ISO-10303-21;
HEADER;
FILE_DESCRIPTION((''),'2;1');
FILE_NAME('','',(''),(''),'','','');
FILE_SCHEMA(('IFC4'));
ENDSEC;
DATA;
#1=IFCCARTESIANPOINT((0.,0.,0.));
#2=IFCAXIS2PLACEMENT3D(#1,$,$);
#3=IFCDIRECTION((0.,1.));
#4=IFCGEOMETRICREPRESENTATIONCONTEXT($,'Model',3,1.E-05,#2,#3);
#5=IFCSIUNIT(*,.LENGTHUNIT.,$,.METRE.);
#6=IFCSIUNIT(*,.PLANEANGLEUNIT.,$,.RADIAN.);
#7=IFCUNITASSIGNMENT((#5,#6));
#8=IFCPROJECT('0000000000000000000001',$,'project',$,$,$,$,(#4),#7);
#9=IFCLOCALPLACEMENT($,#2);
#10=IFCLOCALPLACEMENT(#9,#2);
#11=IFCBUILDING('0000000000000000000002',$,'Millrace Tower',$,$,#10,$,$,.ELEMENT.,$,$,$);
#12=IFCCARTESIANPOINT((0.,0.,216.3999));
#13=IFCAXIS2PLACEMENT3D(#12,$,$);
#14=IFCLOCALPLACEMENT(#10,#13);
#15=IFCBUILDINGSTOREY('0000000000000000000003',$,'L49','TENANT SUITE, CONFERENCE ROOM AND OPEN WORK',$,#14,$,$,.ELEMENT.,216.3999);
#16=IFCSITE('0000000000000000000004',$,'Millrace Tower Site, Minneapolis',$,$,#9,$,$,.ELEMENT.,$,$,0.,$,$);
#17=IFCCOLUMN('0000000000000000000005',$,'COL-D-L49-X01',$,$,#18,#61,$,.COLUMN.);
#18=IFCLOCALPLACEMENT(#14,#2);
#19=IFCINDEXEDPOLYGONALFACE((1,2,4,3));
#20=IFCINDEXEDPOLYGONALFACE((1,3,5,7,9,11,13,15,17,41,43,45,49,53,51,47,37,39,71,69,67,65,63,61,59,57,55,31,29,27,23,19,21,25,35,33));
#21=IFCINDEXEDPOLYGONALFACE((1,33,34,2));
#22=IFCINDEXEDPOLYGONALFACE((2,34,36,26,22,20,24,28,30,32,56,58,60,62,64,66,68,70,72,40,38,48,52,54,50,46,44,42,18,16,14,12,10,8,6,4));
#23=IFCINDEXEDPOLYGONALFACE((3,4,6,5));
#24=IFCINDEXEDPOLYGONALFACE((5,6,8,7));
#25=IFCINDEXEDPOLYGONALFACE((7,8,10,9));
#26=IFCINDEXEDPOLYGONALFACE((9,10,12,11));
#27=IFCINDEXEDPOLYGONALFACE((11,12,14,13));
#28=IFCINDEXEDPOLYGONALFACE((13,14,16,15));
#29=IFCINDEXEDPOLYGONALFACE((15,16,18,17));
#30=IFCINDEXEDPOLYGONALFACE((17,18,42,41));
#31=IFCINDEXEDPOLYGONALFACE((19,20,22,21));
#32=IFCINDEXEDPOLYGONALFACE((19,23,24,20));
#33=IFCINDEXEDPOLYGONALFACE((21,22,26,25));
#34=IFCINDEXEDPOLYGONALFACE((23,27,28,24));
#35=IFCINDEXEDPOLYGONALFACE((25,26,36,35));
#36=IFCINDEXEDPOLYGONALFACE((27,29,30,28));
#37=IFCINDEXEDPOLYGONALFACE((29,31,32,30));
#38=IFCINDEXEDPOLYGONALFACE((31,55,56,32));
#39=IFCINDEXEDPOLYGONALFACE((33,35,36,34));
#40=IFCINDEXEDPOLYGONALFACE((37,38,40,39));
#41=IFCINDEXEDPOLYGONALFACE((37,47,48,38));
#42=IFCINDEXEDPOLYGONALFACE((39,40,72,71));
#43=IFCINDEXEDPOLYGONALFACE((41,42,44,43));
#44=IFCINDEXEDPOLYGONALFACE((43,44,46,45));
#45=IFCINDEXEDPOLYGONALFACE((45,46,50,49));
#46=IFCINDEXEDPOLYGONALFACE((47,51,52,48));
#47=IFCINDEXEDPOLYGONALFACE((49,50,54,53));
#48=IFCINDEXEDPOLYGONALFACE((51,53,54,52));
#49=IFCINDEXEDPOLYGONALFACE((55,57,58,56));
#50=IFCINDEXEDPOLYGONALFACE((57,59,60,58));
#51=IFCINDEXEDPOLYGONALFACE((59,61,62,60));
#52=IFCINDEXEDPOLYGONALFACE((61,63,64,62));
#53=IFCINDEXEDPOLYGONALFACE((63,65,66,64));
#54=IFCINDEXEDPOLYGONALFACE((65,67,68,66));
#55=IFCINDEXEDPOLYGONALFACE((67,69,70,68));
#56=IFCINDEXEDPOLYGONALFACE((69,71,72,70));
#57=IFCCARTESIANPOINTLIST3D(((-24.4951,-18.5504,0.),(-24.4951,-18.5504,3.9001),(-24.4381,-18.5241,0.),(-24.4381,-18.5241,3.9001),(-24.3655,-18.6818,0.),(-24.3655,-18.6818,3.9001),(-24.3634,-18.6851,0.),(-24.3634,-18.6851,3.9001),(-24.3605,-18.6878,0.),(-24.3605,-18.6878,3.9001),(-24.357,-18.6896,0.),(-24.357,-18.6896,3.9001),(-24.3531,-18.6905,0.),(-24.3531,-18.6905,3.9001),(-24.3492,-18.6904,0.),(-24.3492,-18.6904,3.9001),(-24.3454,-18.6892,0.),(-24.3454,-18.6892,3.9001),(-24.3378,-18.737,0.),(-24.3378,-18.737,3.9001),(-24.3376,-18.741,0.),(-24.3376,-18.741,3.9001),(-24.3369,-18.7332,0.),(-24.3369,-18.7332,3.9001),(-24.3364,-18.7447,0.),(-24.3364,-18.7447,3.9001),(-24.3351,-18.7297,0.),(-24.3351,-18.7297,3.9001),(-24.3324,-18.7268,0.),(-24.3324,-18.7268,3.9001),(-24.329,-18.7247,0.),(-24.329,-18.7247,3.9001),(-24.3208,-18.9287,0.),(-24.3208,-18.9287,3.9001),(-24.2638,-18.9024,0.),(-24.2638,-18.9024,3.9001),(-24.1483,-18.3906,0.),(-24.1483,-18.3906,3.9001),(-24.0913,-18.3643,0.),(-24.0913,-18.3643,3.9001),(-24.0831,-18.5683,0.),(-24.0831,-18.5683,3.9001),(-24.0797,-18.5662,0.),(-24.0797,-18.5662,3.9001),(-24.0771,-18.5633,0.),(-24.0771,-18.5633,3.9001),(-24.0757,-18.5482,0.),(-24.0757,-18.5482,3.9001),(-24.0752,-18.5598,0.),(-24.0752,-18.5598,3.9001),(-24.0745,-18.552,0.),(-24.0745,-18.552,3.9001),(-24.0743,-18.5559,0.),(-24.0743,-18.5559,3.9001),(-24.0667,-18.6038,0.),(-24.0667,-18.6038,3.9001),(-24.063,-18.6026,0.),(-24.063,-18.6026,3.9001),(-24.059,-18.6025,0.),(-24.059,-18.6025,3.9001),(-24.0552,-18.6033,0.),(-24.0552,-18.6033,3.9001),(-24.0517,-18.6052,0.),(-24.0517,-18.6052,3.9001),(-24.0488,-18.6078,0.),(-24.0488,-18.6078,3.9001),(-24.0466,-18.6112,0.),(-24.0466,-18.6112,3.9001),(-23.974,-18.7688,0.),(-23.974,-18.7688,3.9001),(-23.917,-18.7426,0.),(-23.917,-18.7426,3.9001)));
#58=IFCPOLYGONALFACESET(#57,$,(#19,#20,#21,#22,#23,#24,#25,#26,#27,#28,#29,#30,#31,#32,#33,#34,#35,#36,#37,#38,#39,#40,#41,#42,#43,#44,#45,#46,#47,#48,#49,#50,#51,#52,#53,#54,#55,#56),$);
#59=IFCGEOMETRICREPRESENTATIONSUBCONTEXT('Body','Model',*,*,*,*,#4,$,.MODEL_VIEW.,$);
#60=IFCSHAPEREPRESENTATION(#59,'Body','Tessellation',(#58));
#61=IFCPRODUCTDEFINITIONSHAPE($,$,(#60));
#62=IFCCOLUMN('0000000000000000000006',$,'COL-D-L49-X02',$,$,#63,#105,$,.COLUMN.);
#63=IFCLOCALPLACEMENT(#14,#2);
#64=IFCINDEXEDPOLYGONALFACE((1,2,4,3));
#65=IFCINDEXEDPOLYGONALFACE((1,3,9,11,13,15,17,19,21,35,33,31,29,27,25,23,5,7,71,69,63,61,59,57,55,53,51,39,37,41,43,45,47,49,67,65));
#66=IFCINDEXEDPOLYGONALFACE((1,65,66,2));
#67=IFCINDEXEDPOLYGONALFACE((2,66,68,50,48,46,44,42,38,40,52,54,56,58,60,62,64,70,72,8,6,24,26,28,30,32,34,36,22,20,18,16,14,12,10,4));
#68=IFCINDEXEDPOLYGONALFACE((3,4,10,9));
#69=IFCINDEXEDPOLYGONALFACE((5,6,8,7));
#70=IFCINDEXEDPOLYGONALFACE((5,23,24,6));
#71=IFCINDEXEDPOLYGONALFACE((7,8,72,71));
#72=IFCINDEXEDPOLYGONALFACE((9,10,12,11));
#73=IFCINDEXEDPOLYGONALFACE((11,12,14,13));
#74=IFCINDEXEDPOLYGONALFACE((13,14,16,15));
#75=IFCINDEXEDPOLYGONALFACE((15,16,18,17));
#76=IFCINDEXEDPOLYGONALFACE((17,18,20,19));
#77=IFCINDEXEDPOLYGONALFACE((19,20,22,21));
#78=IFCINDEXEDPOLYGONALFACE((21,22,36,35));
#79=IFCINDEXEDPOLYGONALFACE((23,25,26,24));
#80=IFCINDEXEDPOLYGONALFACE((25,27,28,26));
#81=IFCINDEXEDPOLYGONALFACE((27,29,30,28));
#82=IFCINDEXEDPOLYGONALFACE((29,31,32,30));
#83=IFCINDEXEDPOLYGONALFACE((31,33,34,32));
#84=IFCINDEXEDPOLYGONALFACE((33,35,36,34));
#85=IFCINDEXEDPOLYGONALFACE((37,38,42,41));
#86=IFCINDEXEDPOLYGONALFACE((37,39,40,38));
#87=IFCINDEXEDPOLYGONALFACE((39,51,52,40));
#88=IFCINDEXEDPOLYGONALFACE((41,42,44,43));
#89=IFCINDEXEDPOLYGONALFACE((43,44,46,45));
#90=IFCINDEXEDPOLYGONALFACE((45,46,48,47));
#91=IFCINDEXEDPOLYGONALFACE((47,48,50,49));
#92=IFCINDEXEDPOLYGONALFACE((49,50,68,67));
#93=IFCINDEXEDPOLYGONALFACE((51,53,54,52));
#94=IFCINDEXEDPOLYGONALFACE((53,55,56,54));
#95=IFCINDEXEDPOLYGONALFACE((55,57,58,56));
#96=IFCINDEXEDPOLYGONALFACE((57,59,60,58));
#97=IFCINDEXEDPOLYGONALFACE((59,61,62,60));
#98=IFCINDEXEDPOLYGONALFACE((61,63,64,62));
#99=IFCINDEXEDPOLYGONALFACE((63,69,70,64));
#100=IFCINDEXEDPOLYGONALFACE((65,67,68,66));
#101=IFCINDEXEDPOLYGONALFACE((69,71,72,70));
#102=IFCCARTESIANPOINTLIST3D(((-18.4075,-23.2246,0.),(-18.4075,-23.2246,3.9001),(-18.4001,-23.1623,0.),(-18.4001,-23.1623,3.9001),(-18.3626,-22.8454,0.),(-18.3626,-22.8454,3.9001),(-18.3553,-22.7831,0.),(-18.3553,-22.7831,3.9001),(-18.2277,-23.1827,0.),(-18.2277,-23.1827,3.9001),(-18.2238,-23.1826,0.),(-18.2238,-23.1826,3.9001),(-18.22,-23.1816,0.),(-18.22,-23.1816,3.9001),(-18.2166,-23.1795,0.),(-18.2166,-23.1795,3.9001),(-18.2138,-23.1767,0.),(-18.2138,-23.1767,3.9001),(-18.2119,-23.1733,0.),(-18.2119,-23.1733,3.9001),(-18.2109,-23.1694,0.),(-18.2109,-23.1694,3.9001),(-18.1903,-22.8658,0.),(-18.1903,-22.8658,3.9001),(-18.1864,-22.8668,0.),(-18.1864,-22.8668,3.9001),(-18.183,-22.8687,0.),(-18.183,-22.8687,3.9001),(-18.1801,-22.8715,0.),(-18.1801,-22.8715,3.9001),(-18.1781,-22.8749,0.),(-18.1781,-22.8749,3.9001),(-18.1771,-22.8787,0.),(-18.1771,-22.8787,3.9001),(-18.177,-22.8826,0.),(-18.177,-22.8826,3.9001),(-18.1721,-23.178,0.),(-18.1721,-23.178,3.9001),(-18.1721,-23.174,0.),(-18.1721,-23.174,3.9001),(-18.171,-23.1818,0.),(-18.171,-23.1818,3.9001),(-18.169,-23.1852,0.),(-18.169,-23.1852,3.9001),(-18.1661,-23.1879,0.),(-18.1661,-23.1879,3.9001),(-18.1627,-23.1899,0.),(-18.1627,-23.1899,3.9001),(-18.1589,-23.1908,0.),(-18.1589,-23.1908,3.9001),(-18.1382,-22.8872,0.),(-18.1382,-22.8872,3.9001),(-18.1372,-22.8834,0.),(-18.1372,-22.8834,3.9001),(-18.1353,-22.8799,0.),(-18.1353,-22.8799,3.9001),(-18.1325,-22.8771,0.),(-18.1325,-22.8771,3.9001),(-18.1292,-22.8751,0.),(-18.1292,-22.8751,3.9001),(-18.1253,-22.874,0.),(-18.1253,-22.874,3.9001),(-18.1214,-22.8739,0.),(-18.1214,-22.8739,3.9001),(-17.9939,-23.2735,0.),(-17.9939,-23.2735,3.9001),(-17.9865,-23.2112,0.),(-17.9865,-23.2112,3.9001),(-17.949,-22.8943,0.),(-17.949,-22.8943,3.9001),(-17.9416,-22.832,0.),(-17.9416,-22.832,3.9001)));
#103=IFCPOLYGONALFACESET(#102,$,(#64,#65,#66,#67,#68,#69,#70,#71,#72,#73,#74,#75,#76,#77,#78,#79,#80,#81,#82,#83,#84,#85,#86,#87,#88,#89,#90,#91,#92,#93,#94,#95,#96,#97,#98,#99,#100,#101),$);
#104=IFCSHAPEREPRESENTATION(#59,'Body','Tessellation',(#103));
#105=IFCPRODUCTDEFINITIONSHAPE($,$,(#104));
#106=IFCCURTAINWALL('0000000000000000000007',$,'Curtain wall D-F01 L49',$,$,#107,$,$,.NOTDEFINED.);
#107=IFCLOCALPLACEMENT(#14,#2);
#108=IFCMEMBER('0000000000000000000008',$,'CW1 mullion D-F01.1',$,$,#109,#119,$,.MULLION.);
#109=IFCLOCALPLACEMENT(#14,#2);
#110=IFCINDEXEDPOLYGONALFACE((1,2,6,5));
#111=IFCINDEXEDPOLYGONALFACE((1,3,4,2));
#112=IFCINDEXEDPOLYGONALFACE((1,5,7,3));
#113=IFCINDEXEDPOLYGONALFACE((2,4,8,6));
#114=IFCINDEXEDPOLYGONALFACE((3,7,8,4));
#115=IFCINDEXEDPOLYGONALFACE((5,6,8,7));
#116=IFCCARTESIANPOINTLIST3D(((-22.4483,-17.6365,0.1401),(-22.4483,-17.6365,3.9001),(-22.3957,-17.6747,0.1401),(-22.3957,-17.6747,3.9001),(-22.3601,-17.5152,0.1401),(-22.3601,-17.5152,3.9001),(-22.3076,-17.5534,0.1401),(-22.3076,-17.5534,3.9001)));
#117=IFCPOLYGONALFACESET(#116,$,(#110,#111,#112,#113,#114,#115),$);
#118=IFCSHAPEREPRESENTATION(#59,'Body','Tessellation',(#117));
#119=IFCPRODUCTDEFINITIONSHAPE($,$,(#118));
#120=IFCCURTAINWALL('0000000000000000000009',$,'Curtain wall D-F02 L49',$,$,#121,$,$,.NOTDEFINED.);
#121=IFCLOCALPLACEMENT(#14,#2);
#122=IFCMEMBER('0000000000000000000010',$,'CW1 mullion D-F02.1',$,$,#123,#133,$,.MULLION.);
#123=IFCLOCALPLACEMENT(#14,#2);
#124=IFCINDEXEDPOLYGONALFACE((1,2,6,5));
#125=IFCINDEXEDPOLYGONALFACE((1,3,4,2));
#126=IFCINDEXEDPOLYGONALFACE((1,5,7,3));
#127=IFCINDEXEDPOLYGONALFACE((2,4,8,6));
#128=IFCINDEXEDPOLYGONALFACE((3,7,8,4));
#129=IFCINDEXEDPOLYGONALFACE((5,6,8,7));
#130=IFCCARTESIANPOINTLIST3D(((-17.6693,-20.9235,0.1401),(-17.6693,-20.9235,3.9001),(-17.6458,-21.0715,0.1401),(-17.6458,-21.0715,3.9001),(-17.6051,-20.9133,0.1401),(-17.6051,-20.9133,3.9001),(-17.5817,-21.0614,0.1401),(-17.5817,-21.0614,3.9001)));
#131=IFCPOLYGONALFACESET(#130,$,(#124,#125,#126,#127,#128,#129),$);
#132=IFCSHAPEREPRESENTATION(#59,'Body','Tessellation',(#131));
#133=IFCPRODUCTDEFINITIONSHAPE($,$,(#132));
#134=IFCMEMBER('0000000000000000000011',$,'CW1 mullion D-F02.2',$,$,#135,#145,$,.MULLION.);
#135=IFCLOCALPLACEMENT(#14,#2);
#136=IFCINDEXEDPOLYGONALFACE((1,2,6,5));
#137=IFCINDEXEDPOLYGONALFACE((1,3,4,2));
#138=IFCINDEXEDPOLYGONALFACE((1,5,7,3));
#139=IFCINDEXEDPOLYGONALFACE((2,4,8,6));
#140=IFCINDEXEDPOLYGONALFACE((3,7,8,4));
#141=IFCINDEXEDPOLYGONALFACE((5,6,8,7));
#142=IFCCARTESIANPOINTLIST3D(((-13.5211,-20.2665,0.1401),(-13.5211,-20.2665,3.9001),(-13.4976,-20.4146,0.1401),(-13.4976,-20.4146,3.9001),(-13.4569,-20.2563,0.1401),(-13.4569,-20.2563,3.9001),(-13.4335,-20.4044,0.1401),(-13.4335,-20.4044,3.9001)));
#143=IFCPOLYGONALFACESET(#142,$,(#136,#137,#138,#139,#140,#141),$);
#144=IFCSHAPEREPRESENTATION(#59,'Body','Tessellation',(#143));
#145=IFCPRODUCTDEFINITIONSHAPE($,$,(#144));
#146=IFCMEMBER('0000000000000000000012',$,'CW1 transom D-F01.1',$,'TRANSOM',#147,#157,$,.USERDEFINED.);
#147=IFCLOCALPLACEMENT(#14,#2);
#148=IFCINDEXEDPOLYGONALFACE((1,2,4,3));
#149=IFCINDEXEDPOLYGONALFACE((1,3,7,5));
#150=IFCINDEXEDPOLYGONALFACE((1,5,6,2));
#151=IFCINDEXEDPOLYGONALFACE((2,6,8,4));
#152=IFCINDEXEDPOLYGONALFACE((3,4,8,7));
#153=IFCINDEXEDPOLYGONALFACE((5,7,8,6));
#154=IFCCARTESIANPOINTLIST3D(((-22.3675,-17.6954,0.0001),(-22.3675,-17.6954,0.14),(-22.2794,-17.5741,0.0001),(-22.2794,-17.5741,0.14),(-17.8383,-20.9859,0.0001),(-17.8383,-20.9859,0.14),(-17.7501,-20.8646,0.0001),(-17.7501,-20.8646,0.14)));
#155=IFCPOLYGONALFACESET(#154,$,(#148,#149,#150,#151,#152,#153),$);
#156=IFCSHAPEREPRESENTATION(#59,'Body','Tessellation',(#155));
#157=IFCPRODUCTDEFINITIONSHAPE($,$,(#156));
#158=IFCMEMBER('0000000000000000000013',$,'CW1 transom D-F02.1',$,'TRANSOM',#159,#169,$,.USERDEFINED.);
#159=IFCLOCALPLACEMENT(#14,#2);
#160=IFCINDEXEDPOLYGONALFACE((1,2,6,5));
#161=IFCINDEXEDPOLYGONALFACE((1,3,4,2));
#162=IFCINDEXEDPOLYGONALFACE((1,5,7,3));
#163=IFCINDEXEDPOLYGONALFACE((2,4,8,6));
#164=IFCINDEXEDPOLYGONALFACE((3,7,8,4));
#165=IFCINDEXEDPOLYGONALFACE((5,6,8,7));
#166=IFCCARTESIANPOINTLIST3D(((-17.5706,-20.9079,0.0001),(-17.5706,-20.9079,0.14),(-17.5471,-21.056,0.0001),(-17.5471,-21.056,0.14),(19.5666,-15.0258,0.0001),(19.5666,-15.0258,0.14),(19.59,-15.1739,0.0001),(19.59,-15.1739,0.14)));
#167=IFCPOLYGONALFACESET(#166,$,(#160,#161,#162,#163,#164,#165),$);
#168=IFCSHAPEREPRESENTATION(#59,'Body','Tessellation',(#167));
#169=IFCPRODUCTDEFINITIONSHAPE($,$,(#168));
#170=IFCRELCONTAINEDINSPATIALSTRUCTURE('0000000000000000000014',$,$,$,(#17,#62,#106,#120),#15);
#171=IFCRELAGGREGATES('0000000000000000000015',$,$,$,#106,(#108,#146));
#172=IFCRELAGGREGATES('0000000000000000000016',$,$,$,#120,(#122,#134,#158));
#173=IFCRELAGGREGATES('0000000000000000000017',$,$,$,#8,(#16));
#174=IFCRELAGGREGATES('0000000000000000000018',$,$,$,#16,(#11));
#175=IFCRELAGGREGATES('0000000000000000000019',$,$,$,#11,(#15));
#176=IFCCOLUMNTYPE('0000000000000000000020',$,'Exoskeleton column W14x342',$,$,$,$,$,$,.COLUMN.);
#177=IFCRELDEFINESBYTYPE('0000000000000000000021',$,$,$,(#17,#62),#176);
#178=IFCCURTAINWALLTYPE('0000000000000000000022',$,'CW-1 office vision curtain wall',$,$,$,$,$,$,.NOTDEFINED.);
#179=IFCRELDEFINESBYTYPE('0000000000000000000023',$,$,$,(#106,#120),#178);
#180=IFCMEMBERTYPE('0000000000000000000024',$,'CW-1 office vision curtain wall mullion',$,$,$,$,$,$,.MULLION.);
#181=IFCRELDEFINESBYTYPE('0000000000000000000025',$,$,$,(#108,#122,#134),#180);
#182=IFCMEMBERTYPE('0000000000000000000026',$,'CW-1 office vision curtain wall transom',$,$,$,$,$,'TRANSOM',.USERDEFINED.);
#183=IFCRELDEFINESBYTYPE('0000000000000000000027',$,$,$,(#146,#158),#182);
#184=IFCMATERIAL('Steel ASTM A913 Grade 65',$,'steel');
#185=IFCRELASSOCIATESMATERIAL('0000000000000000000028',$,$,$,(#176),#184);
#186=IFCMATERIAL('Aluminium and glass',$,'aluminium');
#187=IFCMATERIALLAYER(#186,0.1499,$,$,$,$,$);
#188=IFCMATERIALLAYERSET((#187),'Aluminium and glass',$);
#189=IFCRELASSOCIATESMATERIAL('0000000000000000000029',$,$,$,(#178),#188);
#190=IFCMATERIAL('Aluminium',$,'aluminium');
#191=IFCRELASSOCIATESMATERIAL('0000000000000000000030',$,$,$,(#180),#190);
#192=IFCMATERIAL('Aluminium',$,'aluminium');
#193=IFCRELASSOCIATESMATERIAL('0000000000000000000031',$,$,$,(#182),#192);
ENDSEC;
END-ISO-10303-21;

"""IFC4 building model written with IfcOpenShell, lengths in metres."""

from ifc_helpers import new_model, si_unit, direction, frame, origin, origin_2d, place, context, subcontext, project, spatial, rectangle, i_section, extrude, material, layer, layer_set, material_profile, profile_set, type_object, element, aggregate, save


model = new_model("IFC4")

# Units and contexts
model_context = context("Model", 3, precision=1e-05, world=origin(), true_north=direction((0.0, 1.0)))
body_context = subcontext(model_context, "Body", "Model", "MODEL_VIEW")
ifc_project = project(units=[si_unit("LENGTHUNIT", "METRE"), si_unit("PLANEANGLEUNIT", "RADIAN")], contexts=[model_context])

# Site, building, storey
site_placement = place(None, origin())
site = spatial("IfcSite", under=ifc_project, at=site_placement, Name="Millrace Tower Site, Minneapolis", CompositionType="ELEMENT", RefElevation=0.0)
building_placement = place(site_placement, origin())
building = spatial("IfcBuilding", under=site, at=building_placement, Name="Millrace Tower", CompositionType="ELEMENT")
storey_placement = place(building_placement, frame((0.0, 0.0, 216.3999)))
storey = spatial("IfcBuildingStorey", under=building, at=storey_placement, Name="L49", Description="TENANT SUITE, CONFERENCE ROOM AND OPEN WORK", CompositionType="ELEMENT", Elevation=216.3999)

# Columns
ifc_material_1 = material(Name="Steel ASTM A913 Grade 65", Category="steel")
ifc_material_profile_1 = material_profile(ifc_material_1, i_section(OverallWidth=0.4165, OverallDepth=0.4446, WebThickness=0.0391, FlangeThickness=0.0627, FilletRadius=0.0151, at=origin_2d()))
ifc_profile_set_1 = profile_set([ifc_material_profile_1], Name="Steel ASTM A913 Grade 65")
column_type = type_object("IfcColumnType", Name="Exoskeleton column W14x342", PredefinedType="COLUMN", material=ifc_profile_set_1)
for number, where, z_axis, x_axis, name in (
    (1, (-24.2061, -18.6465, 0.0), (0.0, 0.0, 1.0), (0.418553, -0.908192, 0.0), "COL-D-L49-X01"),
    (2, (-18.1746, -23.0283, 0.0), (0.0, 0.0, 1.0), (0.993082, -0.117421, 0.0), "COL-D-L49-X02"),
):
    element("IfcColumn", number, at=place(storey_placement, frame(where, z_axis=z_axis, x_axis=x_axis)), inside=storey, type_object=column_type, Name=name, PredefinedType="COLUMN", context=body_context, shape_type="SweptSolid", body=[
        extrude(i_section(OverallWidth=0.4165, OverallDepth=0.4446, WebThickness=0.0391, FlangeThickness=0.0627, FilletRadius=0.0151, at=origin_2d()), origin(), (0.0, 0.0, 1.0), 3.9001),
    ])

# Curtain wall, member
ifc_material_2 = material(Name="Aluminium and glass", Category="aluminium")
ifc_layer_1 = layer(ifc_material_2, 0.1499)
ifc_layer_set_1 = layer_set([ifc_layer_1], Name="Aluminium and glass")
curtain_wall_type = type_object("IfcCurtainWallType", Name="CW-1 office vision curtain wall", PredefinedType="NOTDEFINED", material=ifc_layer_set_1)
placement = place(storey_placement, origin())
curtain_wall_1 = element("IfcCurtainWall", 3, at=placement, inside=storey, type_object=curtain_wall_type, Name="Curtain wall D-F01 L49", PredefinedType="NOTDEFINED")
ifc_material_3 = material(Name="Aluminium", Category="aluminium")
ifc_material_profile_2 = material_profile(ifc_material_3, rectangle(XDim=0.0649, YDim=0.1499, at=origin_2d()))
ifc_profile_set_2 = profile_set([ifc_material_profile_2], Name="Aluminium")
member_type_1 = type_object("IfcMemberType", Name="CW-1 office vision curtain wall mullion", PredefinedType="MULLION", material=ifc_profile_set_2)
member_1_placement = place(storey_placement, frame((-22.3779, -17.595, 0.1401), z_axis=(0.0, 0.0, 1.0), x_axis=(0.809017, -0.587785, 0.0)))
member_1 = element("IfcMember", 4, at=member_1_placement, type_object=member_type_1, Name="CW1 mullion D-F01.1", PredefinedType="MULLION", context=body_context, shape_type="SweptSolid", body=[
    extrude(rectangle(XDim=0.0649, YDim=0.1499, at=origin_2d()), origin(), (0.0, 0.0, 1.0), 3.76),
])

# Curtain wall, members
curtain_wall_2 = element("IfcCurtainWall", 5, at=placement, inside=storey, type_object=curtain_wall_type, Name="Curtain wall D-F02 L49", PredefinedType="NOTDEFINED")
member_2_placement = place(storey_placement, frame((-17.6255, -20.9924, 0.1401), z_axis=(0.0, 0.0, 1.0), x_axis=(0.987688, 0.156434, 0.0)))
member_2 = element("IfcMember", 6, at=member_2_placement, type_object=member_type_1, Name="CW1 mullion D-F02.1", PredefinedType="MULLION", context=body_context, shape_type="SweptSolid", body=[
    extrude(rectangle(XDim=0.0649, YDim=0.1499, at=origin_2d()), origin(), (0.0, 0.0, 1.0), 3.76),
])
member_3_placement = place(storey_placement, frame((-13.4773, -20.3354, 0.1401), z_axis=(0.0, 0.0, 1.0), x_axis=(0.987688, 0.156434, 0.0)))
member_3 = element("IfcMember", 7, at=member_3_placement, type_object=member_type_1, Name="CW1 mullion D-F02.2", PredefinedType="MULLION", context=body_context, shape_type="SweptSolid", body=[
    extrude(rectangle(XDim=0.0649, YDim=0.1499, at=origin_2d()), origin(), (0.0, 0.0, 1.0), 3.76),
])

# Members
ifc_material_4 = material(Name="Aluminium", Category="aluminium")
ifc_material_profile_3 = material_profile(ifc_material_4, rectangle(XDim=0.1499, YDim=0.1399, at=origin_2d()))
ifc_profile_set_3 = profile_set([ifc_material_profile_3], Name="Aluminium")
member_type_2 = type_object("IfcMemberType", Name="CW-1 office vision curtain wall transom", ElementType="TRANSOM", PredefinedType="USERDEFINED", material=ifc_profile_set_3)
member_4_placement = place(storey_placement, frame((-22.3235, -17.6348, 0.0701), z_axis=(0.809034, -0.587762, 0.0), x_axis=(0.587762, 0.809034, 0.0)))
member_4 = element("IfcMember", 8, at=member_4_placement, type_object=member_type_2, Name="CW1 transom D-F01.1", ObjectType="TRANSOM", PredefinedType="USERDEFINED", context=body_context, shape_type="SweptSolid", body=[
    extrude(rectangle(XDim=0.1499, YDim=0.1399, at=origin_2d()), origin(), (0.0, 0.0, 1.0), 5.5984),
])
aggregate(curtain_wall_1, [member_1, member_4])
member_5_placement = place(storey_placement, frame((-17.5588, -20.9819, 0.0701), z_axis=(0.987688, 0.156438, 0.0), x_axis=(-0.156438, 0.987688, 0.0)))
member_5 = element("IfcMember", 9, at=member_5_placement, type_object=member_type_2, Name="CW1 transom D-F02.1", ObjectType="TRANSOM", PredefinedType="USERDEFINED", context=body_context, shape_type="SweptSolid", body=[
    extrude(rectangle(XDim=0.1499, YDim=0.1399, at=origin_2d()), origin(), (0.0, 0.0, 1.0), 37.6001),
])
aggregate(curtain_wall_2, [member_2, member_3, member_5])

save(model, "model.ifc")
